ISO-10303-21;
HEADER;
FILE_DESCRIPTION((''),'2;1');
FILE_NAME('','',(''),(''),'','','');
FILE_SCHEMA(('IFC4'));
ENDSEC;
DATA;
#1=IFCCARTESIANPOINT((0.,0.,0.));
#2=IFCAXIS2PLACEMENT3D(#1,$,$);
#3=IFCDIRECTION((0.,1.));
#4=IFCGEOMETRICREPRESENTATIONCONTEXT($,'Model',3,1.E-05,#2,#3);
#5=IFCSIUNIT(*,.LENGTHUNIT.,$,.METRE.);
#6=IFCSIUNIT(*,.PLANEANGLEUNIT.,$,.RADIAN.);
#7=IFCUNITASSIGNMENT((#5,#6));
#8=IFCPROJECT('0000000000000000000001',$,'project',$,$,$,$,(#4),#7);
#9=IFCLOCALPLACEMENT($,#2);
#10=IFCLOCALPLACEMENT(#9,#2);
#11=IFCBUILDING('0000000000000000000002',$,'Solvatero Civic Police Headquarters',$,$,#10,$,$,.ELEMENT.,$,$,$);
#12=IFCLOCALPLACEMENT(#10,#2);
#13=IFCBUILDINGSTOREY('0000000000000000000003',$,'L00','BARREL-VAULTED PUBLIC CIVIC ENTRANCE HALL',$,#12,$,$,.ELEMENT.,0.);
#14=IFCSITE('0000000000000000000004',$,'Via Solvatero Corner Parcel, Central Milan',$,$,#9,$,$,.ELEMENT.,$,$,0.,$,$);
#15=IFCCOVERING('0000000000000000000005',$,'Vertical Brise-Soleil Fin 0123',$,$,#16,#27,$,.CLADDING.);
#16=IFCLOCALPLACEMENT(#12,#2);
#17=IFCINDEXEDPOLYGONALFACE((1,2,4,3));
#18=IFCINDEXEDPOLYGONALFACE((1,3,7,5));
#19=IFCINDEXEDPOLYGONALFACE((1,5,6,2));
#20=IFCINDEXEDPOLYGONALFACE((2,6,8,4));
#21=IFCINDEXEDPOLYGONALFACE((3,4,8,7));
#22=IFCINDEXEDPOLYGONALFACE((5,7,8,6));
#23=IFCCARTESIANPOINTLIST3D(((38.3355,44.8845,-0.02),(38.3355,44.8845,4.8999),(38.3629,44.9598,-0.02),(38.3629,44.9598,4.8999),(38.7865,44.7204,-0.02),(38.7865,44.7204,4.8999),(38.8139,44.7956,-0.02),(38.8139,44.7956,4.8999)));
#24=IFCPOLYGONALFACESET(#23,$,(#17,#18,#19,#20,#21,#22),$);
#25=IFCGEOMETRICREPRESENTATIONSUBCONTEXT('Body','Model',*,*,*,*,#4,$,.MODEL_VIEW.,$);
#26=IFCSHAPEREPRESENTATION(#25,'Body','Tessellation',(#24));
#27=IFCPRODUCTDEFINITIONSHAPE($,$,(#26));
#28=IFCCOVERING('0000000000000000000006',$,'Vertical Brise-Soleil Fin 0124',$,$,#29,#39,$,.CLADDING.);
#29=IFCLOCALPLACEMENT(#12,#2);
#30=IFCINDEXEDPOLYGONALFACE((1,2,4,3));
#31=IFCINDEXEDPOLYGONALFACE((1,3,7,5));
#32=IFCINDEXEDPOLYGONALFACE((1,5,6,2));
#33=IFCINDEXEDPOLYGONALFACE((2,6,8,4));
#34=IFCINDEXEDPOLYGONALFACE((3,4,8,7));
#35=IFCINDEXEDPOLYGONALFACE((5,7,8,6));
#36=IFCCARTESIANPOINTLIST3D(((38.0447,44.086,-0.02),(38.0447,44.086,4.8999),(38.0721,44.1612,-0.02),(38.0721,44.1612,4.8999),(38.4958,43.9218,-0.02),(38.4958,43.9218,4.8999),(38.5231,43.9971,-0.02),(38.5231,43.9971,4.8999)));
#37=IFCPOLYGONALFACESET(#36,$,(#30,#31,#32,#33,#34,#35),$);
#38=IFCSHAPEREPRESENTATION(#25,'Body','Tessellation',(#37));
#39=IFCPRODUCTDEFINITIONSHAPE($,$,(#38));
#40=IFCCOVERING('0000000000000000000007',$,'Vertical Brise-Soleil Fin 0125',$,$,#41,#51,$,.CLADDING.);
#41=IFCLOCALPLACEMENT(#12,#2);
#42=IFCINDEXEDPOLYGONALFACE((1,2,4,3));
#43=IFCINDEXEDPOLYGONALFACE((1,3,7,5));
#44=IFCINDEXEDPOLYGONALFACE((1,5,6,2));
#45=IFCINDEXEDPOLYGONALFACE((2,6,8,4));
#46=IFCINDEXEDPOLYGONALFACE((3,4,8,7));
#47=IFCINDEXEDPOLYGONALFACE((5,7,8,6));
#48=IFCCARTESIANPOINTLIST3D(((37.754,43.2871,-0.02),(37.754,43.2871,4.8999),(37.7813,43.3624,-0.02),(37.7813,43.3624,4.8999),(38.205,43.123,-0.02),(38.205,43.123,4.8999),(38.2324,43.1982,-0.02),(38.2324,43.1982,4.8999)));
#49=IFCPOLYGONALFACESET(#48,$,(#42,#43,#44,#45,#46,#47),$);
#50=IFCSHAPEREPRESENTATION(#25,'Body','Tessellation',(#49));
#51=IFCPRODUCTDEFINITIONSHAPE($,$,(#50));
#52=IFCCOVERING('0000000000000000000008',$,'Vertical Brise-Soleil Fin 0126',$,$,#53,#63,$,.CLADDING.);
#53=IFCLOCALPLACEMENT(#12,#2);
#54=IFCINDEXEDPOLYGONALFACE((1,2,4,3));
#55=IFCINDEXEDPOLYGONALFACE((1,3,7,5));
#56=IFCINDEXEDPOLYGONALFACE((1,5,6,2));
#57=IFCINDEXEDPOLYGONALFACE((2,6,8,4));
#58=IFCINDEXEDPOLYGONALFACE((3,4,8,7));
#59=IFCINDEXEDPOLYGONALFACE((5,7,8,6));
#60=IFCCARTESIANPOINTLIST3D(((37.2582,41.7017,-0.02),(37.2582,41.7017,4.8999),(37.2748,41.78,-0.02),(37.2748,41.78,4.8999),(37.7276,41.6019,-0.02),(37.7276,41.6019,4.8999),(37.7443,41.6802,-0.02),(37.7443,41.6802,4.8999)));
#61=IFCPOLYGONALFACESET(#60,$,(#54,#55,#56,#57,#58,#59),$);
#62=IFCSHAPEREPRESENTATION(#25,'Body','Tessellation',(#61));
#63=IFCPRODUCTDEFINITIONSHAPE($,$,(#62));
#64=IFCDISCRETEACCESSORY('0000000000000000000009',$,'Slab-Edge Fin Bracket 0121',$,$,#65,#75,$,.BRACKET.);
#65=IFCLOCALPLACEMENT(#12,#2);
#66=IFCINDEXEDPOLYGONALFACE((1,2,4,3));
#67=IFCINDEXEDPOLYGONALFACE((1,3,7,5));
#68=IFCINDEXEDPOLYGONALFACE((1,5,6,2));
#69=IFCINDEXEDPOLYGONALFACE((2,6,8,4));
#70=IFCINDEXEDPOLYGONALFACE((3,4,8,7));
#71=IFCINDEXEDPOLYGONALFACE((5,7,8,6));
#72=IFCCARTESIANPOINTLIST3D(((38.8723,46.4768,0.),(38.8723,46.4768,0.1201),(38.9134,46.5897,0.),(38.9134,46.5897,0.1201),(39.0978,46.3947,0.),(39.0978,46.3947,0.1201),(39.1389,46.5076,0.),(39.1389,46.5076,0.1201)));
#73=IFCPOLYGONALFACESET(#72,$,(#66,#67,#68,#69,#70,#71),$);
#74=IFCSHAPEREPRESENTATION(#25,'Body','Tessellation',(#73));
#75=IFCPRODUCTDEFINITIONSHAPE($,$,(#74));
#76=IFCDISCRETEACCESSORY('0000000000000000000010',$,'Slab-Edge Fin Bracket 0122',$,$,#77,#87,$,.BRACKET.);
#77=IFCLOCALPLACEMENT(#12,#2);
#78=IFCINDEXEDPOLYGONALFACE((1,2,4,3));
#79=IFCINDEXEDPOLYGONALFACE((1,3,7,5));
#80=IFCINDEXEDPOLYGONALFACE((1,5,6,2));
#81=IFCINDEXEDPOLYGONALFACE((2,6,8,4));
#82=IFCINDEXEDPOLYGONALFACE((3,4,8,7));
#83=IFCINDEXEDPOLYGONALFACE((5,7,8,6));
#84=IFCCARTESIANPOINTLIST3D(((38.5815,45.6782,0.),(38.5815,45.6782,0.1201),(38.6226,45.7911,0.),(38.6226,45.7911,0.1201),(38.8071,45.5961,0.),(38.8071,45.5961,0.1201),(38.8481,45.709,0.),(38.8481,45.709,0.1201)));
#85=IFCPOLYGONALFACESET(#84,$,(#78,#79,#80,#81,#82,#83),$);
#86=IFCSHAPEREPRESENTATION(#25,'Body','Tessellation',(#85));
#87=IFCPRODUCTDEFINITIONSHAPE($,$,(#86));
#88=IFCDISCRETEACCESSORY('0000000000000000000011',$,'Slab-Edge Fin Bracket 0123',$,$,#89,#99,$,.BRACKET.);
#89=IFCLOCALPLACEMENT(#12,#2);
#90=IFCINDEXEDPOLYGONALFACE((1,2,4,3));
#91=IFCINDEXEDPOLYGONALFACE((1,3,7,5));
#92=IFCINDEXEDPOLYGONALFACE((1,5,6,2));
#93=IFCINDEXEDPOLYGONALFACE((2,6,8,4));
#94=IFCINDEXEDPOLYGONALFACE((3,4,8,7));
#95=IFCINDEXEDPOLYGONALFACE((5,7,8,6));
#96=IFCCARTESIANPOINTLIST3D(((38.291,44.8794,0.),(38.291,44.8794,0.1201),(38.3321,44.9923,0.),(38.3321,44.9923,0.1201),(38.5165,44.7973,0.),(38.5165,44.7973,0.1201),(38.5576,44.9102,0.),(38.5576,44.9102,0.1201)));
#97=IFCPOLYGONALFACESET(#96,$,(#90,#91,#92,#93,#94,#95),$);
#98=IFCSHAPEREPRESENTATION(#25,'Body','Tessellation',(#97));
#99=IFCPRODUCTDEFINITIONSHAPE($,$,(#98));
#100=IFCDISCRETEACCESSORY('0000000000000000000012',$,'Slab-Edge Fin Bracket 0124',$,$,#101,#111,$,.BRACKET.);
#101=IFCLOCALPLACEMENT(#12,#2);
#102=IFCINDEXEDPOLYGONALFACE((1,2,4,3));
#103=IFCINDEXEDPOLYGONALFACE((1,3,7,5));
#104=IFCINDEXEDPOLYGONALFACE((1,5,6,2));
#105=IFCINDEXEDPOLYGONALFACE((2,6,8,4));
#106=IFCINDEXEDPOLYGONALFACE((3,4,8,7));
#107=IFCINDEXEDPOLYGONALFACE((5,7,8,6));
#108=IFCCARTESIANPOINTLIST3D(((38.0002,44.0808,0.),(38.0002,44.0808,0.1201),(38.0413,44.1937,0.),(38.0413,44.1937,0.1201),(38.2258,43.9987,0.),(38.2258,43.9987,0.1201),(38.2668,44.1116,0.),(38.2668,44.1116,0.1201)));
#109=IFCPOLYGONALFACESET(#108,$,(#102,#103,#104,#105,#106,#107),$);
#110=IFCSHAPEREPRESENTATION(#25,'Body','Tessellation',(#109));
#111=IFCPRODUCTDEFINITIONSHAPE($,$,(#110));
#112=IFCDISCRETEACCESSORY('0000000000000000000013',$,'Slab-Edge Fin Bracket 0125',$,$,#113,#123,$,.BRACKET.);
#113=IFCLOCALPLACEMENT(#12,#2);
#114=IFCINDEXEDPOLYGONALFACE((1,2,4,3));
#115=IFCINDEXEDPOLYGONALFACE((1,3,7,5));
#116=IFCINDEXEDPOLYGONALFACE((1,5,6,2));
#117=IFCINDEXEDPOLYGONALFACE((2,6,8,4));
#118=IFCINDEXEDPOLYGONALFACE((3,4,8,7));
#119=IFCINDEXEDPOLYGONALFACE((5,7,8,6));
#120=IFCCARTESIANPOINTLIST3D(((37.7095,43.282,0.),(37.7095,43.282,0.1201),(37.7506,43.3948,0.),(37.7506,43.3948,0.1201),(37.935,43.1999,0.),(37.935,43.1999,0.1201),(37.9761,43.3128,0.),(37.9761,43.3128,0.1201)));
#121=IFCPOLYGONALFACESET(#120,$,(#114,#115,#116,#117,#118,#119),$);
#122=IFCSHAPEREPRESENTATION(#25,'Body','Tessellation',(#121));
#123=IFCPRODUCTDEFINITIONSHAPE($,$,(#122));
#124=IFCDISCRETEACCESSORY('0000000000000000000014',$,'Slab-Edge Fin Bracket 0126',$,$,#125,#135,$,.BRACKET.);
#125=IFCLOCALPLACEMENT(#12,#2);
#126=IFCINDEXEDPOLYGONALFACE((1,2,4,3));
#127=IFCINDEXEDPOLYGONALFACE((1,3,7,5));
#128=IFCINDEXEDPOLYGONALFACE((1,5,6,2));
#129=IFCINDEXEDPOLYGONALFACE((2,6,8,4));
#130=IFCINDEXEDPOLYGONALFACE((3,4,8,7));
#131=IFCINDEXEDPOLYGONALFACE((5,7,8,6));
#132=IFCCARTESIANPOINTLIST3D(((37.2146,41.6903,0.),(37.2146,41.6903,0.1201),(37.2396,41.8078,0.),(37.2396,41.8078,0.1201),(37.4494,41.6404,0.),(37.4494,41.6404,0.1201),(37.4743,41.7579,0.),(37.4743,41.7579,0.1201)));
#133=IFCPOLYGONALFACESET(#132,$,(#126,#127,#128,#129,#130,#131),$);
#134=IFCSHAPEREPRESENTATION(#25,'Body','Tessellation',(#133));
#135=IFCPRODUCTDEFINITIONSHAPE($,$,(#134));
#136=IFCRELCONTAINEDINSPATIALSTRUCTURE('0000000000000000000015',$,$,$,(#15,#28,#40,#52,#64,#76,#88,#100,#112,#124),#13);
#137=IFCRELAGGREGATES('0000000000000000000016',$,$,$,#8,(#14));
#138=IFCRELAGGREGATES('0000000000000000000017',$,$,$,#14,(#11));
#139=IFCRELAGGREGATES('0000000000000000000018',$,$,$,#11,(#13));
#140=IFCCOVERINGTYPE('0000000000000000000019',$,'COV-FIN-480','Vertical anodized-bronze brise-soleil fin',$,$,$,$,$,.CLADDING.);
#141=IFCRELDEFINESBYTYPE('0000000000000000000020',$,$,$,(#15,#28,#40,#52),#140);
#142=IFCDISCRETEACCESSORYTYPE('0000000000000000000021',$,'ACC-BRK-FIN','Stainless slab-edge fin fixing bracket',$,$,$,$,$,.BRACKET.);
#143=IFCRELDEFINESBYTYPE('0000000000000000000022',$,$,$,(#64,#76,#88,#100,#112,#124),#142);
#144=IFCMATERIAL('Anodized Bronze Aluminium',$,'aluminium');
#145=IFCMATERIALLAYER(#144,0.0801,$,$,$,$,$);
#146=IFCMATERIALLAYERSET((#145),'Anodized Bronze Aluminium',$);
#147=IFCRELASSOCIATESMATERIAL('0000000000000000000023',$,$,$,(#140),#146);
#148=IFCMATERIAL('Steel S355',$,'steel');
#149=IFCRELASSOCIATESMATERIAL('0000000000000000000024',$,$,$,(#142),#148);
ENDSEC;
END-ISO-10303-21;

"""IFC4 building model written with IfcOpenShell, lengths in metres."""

from ifc_helpers import new_model, si_unit, direction, frame, origin, origin_2d, place, context, subcontext, project, spatial, rectangle, extrude, material, layer, layer_set, type_object, element, save


model = new_model("IFC4")

# Units and contexts
model_context = context("Model", 3, precision=1e-05, world=origin(), true_north=direction((0.0, 1.0)))
body_context = subcontext(model_context, "Body", "Model", "MODEL_VIEW")
ifc_project = project(units=[si_unit("LENGTHUNIT", "METRE"), si_unit("PLANEANGLEUNIT", "RADIAN")], contexts=[model_context])

# Site, building, storey
site_placement = place(None, origin())
site = spatial("IfcSite", under=ifc_project, at=site_placement, Name="Via Solvatero Corner Parcel, Central Milan", CompositionType="ELEMENT", RefElevation=0.0)
building_placement = place(site_placement, origin())
building = spatial("IfcBuilding", under=site, at=building_placement, Name="Solvatero Civic Police Headquarters", CompositionType="ELEMENT")
storey_placement = place(building_placement, origin())
storey = spatial("IfcBuildingStorey", under=building, at=storey_placement, Name="L00", Description="BARREL-VAULTED PUBLIC CIVIC ENTRANCE HALL", CompositionType="ELEMENT", Elevation=0.0)

# Shared definitions
ifc_material_1 = material(Name="Steel S355", Category="steel")

# Shared definitions
ifc_material_2 = material(Name="Anodized Bronze Aluminium", Category="aluminium")

# Coverings
ifc_layer_1 = layer(ifc_material_2, 0.0801)
ifc_layer_set_1 = layer_set([ifc_layer_1], Name="Anodized Bronze Aluminium")
covering_type = type_object("IfcCoveringType", Name="COV-FIN-480", Description="Vertical anodized-bronze brise-soleil fin", PredefinedType="CLADDING", material=ifc_layer_set_1)
for number, where, z_axis, x_axis, name in (
    (1, (38.5747, 44.8401, -0.02), (0.0, 0.0, 1.0), (-0.342004, -0.939699, 0.0), "Vertical Brise-Soleil Fin 0123"),
    (2, (38.2839, 44.0415, -0.02), (0.0, 0.0, 1.0), (-0.342004, -0.939699, 0.0), "Vertical Brise-Soleil Fin 0124"),
    (3, (37.9932, 43.2427, -0.02), (0.0, 0.0, 1.0), (-0.342004, -0.939699, 0.0), "Vertical Brise-Soleil Fin 0125"),
    (4, (37.5012, 41.6909, -0.02), (0.0, 0.0, 1.0), (-0.207912, -0.978148, 0.0), "Vertical Brise-Soleil Fin 0126"),
):
    element("IfcCovering", number, at=place(storey_placement, frame(where, z_axis=z_axis, x_axis=x_axis)), inside=storey, type_object=covering_type, Name=name, PredefinedType="CLADDING", context=body_context, shape_type="SweptSolid", body=[
        extrude(rectangle(XDim=0.0801, YDim=0.48, at=origin_2d()), origin(), (0.0, 0.0, 1.0), 4.9199),
    ])

# Discrete accessories
discrete_accessory_type = type_object("IfcDiscreteAccessoryType", Name="ACC-BRK-FIN", Description="Stainless slab-edge fin fixing bracket", PredefinedType="BRACKET", material=ifc_material_1)
for number, where, z_axis, x_axis, name in (
    (5, (39.0056, 46.4922, 0.0), (0.0, 0.0, 1.0), (-0.342004, -0.939699, 0.0), "Slab-Edge Fin Bracket 0121"),
    (6, (38.7148, 45.6936, 0.0), (0.0, 0.0, 1.0), (-0.342004, -0.939699, 0.0), "Slab-Edge Fin Bracket 0122"),
    (7, (38.4243, 44.8948, 0.0), (0.0, 0.0, 1.0), (-0.342004, -0.939699, 0.0), "Slab-Edge Fin Bracket 0123"),
    (8, (38.1335, 44.0962, 0.0), (0.0, 0.0, 1.0), (-0.342004, -0.939699, 0.0), "Slab-Edge Fin Bracket 0124"),
    (9, (37.8428, 43.2974, 0.0), (0.0, 0.0, 1.0), (-0.342004, -0.939699, 0.0), "Slab-Edge Fin Bracket 0125"),
    (10, (37.3445, 41.7241, 0.0), (0.0, 0.0, 1.0), (-0.207912, -0.978148, 0.0), "Slab-Edge Fin Bracket 0126"),
):
    element("IfcDiscreteAccessory", number, at=place(storey_placement, frame(where, z_axis=z_axis, x_axis=x_axis)), inside=storey, type_object=discrete_accessory_type, Name=name, PredefinedType="BRACKET", context=body_context, shape_type="SweptSolid", body=[
        extrude(rectangle(XDim=0.1201, YDim=0.24, at=origin_2d()), origin(), (0.0, 0.0, 1.0), 0.1201),
    ])

save(model, "model.ifc")
